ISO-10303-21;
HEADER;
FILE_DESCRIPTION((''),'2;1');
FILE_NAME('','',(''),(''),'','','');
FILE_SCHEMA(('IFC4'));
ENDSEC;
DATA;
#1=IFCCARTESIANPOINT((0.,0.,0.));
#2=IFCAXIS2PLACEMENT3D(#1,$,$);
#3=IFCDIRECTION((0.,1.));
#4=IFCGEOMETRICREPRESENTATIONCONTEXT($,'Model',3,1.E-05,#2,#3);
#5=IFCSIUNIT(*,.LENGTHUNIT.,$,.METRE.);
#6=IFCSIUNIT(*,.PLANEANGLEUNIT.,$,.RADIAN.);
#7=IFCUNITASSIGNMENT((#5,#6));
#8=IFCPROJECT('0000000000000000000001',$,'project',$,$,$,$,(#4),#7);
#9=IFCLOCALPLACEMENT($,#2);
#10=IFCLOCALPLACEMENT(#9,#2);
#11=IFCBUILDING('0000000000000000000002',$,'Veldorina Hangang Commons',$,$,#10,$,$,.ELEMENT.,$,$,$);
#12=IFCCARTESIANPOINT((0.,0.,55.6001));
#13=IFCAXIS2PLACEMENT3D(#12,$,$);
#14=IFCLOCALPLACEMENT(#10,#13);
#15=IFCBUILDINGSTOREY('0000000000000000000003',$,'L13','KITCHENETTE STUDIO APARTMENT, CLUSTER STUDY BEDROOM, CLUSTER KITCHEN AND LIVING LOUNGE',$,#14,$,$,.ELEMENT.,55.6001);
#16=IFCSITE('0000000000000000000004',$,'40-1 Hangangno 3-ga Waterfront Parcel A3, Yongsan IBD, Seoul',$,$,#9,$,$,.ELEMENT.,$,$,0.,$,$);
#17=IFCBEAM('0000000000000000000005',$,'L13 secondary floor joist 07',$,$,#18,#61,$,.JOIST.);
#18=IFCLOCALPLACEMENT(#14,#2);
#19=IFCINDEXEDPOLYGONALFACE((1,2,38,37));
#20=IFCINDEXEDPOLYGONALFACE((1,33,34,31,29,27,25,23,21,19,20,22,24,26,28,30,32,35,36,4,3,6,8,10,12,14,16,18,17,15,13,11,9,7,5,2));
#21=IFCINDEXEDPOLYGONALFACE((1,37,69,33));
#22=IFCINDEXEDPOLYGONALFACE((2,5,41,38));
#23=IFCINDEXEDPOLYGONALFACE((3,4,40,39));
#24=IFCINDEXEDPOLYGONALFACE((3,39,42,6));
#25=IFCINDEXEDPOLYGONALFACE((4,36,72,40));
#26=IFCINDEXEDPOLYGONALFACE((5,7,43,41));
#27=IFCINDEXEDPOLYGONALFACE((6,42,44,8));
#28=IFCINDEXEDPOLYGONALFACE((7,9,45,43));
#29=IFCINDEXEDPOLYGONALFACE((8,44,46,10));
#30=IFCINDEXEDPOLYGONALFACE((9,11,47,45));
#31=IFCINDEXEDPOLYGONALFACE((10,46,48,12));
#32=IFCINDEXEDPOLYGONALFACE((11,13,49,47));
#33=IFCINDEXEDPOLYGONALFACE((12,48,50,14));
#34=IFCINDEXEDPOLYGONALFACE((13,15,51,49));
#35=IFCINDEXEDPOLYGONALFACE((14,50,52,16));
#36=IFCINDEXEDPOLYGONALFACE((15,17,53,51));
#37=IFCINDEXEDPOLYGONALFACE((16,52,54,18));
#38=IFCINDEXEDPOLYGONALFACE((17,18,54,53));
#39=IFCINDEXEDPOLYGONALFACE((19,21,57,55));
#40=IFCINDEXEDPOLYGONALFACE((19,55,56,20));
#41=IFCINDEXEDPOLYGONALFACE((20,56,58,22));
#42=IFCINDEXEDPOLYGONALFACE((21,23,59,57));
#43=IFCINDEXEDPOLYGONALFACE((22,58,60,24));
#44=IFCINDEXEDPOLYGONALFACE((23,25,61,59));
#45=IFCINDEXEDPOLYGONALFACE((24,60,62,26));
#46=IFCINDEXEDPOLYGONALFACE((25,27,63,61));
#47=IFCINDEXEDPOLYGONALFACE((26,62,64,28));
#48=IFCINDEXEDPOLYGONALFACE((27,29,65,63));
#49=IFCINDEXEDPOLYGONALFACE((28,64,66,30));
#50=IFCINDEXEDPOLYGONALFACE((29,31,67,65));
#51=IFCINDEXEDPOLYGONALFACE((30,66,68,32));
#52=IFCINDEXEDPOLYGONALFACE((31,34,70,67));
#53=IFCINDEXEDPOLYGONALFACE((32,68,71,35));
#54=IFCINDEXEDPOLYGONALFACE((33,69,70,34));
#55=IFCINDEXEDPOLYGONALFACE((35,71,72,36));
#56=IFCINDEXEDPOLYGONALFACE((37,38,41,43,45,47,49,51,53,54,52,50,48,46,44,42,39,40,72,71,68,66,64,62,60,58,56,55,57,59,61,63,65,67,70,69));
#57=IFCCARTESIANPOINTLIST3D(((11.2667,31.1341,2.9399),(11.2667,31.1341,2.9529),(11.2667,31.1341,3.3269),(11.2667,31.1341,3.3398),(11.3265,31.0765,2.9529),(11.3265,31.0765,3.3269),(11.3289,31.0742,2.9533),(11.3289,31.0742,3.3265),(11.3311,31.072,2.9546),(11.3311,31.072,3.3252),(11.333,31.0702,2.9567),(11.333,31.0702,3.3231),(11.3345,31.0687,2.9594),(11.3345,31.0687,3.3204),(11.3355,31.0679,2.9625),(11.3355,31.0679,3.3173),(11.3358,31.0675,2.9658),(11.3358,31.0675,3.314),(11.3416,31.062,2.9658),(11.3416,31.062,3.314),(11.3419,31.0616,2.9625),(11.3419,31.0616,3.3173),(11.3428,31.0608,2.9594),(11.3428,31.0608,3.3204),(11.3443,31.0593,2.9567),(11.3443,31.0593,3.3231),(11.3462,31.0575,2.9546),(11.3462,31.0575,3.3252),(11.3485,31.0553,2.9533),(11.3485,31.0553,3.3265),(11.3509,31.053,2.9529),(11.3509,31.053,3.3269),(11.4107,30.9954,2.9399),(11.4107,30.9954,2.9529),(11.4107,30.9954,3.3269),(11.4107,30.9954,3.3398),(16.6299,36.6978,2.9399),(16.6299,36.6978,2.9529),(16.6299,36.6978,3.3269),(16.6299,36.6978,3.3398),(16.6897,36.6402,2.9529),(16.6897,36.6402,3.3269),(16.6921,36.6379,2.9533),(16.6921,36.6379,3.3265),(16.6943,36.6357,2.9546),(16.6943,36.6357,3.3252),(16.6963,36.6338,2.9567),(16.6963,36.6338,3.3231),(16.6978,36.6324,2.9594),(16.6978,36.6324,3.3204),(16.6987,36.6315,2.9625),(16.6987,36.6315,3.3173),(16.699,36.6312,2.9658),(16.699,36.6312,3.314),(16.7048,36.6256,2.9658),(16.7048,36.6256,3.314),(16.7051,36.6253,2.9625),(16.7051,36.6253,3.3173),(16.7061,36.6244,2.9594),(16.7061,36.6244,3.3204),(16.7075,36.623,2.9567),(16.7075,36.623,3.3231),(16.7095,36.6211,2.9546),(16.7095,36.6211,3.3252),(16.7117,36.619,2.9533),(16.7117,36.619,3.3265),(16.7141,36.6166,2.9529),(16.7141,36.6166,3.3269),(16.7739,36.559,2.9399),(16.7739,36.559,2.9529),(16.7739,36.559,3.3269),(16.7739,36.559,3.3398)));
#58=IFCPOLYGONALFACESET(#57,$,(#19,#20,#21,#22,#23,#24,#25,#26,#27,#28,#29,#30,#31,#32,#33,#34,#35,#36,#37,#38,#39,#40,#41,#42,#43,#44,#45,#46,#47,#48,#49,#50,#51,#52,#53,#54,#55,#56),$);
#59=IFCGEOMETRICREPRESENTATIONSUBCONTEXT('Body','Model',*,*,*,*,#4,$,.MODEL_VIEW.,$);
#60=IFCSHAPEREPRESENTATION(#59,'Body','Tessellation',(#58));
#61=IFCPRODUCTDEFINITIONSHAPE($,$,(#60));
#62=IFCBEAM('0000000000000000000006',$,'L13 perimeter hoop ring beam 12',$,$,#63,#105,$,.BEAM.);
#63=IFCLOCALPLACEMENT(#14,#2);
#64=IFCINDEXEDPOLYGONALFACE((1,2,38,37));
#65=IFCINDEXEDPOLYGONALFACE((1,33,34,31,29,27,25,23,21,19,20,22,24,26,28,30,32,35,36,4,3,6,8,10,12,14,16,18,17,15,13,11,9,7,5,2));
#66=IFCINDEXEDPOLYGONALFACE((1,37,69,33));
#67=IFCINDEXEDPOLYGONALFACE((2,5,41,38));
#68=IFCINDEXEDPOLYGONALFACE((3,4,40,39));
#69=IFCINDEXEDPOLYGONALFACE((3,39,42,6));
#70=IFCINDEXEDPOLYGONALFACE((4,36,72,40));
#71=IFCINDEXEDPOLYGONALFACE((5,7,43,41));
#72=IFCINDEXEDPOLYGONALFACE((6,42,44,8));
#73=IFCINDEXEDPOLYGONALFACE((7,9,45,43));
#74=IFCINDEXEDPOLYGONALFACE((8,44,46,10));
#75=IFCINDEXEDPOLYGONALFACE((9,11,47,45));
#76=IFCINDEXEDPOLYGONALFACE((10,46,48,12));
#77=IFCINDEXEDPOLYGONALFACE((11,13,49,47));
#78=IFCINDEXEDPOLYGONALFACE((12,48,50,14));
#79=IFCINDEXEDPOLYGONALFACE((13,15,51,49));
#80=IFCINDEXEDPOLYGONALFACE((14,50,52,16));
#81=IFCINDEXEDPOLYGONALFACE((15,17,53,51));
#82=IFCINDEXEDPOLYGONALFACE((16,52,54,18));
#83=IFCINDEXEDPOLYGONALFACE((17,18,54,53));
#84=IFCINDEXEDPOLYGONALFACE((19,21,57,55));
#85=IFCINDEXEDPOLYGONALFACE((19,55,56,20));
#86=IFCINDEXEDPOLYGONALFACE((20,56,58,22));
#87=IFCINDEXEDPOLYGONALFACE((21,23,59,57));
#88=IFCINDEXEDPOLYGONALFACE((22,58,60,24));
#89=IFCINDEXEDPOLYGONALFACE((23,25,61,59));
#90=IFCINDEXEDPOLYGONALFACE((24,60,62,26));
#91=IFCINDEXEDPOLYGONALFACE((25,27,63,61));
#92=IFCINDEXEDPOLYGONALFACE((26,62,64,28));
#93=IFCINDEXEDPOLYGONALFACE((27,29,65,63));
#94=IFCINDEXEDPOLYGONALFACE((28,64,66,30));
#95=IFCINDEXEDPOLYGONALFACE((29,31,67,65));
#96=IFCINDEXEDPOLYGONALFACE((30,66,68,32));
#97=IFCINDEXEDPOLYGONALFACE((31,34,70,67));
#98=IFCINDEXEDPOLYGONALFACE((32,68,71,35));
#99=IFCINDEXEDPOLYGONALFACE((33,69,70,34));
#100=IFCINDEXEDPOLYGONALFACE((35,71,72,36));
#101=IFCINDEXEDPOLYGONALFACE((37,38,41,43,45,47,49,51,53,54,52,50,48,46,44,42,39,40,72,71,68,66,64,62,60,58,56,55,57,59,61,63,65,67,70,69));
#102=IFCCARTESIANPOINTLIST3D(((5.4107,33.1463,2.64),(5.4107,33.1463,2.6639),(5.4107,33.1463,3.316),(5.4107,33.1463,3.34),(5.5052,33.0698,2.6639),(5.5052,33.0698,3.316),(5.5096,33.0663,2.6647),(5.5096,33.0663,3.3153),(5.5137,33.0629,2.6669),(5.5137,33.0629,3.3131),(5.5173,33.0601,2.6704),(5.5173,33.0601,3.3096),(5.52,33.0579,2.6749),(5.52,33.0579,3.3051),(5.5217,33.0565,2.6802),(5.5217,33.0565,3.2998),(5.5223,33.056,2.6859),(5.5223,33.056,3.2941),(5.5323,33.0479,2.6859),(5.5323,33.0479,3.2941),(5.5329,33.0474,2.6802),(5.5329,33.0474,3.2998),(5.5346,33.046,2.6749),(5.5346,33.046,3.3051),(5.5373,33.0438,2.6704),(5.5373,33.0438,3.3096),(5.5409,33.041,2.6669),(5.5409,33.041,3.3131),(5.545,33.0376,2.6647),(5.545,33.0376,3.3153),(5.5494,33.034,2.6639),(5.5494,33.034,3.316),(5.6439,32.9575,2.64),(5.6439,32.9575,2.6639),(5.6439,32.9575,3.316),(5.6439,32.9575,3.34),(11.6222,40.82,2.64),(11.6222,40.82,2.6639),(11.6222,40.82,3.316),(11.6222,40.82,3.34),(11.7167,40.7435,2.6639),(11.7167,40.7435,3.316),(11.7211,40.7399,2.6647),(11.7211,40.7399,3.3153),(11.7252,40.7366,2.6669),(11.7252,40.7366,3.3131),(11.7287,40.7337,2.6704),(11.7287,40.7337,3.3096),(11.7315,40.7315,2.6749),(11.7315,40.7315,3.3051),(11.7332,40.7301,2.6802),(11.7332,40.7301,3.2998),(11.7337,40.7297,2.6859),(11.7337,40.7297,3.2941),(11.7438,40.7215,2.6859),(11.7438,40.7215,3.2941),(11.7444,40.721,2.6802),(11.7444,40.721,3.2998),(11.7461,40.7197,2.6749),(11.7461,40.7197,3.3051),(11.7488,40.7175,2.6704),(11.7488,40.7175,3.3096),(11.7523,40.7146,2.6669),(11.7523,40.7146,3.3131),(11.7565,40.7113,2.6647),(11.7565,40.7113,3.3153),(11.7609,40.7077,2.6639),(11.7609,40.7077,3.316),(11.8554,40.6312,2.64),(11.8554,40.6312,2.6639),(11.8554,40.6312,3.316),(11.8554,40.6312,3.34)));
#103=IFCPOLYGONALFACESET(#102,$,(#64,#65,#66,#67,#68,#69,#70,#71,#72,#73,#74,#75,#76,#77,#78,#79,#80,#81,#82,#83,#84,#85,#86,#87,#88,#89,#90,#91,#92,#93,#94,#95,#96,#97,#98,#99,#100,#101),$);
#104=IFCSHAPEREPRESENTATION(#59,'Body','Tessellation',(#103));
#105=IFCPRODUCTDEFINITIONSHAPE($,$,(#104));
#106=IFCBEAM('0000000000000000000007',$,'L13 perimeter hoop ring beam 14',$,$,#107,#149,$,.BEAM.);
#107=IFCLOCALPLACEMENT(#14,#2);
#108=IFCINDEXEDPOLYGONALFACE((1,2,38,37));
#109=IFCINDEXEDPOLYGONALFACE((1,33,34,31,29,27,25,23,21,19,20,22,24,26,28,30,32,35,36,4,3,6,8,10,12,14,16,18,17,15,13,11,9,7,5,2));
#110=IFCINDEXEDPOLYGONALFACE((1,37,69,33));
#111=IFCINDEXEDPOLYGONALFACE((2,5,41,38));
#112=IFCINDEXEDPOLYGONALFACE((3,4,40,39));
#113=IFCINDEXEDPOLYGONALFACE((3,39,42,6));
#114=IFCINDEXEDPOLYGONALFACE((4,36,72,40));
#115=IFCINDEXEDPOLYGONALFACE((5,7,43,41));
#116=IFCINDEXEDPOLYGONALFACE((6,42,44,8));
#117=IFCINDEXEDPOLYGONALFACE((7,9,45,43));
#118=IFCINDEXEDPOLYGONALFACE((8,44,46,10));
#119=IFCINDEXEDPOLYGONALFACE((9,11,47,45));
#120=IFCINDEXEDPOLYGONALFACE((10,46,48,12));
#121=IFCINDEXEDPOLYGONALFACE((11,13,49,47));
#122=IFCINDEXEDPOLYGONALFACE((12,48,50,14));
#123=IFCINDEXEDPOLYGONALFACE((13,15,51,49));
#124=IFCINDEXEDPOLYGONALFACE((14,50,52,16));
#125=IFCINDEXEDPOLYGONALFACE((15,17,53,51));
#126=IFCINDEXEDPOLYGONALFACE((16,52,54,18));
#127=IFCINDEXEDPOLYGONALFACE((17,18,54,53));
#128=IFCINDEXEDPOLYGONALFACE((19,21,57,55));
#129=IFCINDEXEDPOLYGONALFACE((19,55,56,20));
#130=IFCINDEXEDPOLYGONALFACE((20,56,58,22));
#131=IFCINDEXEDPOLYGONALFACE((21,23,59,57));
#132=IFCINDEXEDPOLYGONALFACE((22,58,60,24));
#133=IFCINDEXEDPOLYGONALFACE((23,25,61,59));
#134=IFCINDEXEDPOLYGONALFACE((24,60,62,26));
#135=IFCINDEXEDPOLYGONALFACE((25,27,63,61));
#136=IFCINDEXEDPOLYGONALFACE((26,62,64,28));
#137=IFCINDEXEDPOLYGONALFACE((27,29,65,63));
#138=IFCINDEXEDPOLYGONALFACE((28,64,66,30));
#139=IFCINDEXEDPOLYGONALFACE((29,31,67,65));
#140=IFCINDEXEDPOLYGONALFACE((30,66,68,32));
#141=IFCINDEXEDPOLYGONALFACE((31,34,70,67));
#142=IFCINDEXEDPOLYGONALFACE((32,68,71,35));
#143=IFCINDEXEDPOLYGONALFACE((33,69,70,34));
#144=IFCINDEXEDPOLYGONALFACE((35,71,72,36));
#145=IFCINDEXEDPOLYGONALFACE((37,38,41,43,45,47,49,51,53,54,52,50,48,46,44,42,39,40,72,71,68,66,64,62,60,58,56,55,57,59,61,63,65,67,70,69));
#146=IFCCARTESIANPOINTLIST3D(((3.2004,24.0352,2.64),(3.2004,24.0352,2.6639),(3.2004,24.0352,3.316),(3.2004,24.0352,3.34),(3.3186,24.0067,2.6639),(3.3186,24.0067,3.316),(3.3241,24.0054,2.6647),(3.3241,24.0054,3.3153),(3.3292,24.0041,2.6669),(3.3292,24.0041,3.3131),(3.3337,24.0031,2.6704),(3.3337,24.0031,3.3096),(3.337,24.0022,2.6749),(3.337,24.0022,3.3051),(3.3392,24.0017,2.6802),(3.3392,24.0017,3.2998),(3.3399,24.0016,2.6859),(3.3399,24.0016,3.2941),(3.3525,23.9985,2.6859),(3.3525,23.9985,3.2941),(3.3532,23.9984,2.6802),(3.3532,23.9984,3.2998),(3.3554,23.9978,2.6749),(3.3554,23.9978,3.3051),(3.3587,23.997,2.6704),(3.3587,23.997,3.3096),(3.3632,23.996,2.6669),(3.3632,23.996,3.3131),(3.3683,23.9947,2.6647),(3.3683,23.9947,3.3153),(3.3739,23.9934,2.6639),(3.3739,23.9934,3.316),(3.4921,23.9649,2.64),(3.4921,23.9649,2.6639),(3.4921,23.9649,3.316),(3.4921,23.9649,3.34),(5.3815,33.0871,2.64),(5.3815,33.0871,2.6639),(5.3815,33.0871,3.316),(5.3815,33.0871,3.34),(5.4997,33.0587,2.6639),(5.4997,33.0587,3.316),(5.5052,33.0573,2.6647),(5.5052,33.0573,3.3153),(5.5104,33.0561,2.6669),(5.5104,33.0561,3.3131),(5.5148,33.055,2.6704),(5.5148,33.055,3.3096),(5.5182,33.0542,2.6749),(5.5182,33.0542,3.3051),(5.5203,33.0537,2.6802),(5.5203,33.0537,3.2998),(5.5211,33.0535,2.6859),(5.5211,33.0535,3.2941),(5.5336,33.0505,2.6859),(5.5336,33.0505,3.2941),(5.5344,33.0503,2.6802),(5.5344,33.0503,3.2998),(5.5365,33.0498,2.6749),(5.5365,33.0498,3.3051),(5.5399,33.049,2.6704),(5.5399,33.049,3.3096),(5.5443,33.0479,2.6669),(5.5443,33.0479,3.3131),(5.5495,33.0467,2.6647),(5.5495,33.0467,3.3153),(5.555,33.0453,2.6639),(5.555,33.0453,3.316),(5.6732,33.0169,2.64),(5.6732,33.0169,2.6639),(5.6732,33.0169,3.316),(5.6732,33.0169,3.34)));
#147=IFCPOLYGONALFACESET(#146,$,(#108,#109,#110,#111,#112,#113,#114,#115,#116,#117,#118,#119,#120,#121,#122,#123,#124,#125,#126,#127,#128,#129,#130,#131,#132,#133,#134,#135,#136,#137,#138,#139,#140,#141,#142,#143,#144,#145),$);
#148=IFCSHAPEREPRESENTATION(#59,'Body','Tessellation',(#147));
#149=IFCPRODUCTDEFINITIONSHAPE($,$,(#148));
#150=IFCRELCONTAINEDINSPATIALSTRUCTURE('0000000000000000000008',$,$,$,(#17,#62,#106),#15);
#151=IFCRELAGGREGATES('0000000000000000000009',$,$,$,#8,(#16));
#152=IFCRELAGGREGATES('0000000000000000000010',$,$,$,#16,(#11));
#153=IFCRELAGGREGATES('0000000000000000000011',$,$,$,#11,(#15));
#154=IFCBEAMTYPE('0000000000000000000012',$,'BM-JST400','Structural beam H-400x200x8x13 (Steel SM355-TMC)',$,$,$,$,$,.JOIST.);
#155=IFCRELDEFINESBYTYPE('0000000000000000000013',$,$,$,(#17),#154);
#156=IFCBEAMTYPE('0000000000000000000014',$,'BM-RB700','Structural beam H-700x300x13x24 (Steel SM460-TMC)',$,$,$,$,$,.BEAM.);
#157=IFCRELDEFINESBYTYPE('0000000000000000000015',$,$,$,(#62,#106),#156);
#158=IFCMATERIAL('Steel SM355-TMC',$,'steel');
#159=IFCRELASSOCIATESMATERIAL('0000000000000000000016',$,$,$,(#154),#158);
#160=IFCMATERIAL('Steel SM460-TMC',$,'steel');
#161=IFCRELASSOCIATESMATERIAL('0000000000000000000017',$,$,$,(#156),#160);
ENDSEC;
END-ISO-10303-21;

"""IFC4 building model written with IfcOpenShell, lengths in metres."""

from ifc_helpers import new_model, si_unit, direction, frame, origin, origin_2d, place, context, subcontext, project, spatial, i_section, extrude, material, material_profile, profile_set, type_object, element, save


model = new_model("IFC4")

# Units and contexts
model_context = context("Model", 3, precision=1e-05, world=origin(), true_north=direction((0.0, 1.0)))
body_context = subcontext(model_context, "Body", "Model", "MODEL_VIEW")
ifc_project = project(units=[si_unit("LENGTHUNIT", "METRE"), si_unit("PLANEANGLEUNIT", "RADIAN")], contexts=[model_context])

# Site, building, storey
site_placement = place(None, origin())
site = spatial("IfcSite", under=ifc_project, at=site_placement, Name="40-1 Hangangno 3-ga Waterfront Parcel A3, Yongsan IBD, Seoul", CompositionType="ELEMENT", RefElevation=0.0)
building_placement = place(site_placement, origin())
building = spatial("IfcBuilding", under=site, at=building_placement, Name="Veldorina Hangang Commons", CompositionType="ELEMENT")
storey_placement = place(building_placement, frame((0.0, 0.0, 55.6001)))
storey = spatial("IfcBuildingStorey", under=building, at=storey_placement, Name="L13", Description="KITCHENETTE STUDIO APARTMENT, CLUSTER STUDY BEDROOM, CLUSTER KITCHEN AND LIVING LOUNGE", CompositionType="ELEMENT", Elevation=55.6001)

# Beams
ifc_material_1 = material(Name="Steel SM355-TMC", Category="steel")
ifc_material_profile_1 = material_profile(ifc_material_1, i_section(OverallWidth=0.2, OverallDepth=0.3999, WebThickness=0.0081, FlangeThickness=0.0129, FilletRadius=0.0129, at=origin_2d()), Name="H-400x200x8x13")
ifc_profile_set_1 = profile_set([ifc_material_profile_1], Name="Steel SM355-TMC")
beam_type_1 = type_object("IfcBeamType", Name="BM-JST400", Description="Structural beam H-400x200x8x13 (Steel SM355-TMC)", PredefinedType="JOIST", material=ifc_profile_set_1)
beam_1_placement = place(storey_placement, frame((16.7019, 36.6284, 3.1399), z_axis=(-0.694019, -0.719956, 0.0), x_axis=(0.719956, -0.694019, 0.0)))
element("IfcBeam", 1, at=beam_1_placement, inside=storey, type_object=beam_type_1, Name="L13 secondary floor joist 07", PredefinedType="JOIST", context=body_context, shape_type="SweptSolid", body=[
    extrude(i_section(OverallWidth=0.2, OverallDepth=0.3999, WebThickness=0.0081, FlangeThickness=0.0129, FilletRadius=0.0129, at=origin_2d()), origin(), (0.0, 0.0, 1.0), 7.7278),
])
ifc_material_2 = material(Name="Steel SM460-TMC", Category="steel")
ifc_material_profile_2 = material_profile(ifc_material_2, i_section(OverallWidth=0.3, OverallDepth=0.7, WebThickness=0.0129, FlangeThickness=0.0239, FilletRadius=0.022, at=origin_2d()), Name="H-700x300x13x24")
ifc_profile_set_2 = profile_set([ifc_material_profile_2], Name="Steel SM460-TMC")
beam_type_2 = type_object("IfcBeamType", Name="BM-RB700", Description="Structural beam H-700x300x13x24 (Steel SM460-TMC)", PredefinedType="BEAM", material=ifc_profile_set_2)
beam_2_placement = place(storey_placement, frame((11.7388, 40.7256, 2.99), z_axis=(-0.629166, -0.777271, 0.0), x_axis=(0.777271, -0.629166, 0.0)))
element("IfcBeam", 2, at=beam_2_placement, inside=storey, type_object=beam_type_2, Name="L13 perimeter hoop ring beam 12", PredefinedType="BEAM", context=body_context, shape_type="SweptSolid", body=[
    extrude(i_section(OverallWidth=0.3, OverallDepth=0.7, WebThickness=0.0129, FlangeThickness=0.0239, FilletRadius=0.022, at=origin_2d()), origin(), (0.0, 0.0, 1.0), 9.8726),
])
beam_3_placement = place(storey_placement, frame((5.5273, 33.052, 2.99), z_axis=(-0.234253, -0.972176, 0.0), x_axis=(0.972176, -0.234253, 0.0)))
element("IfcBeam", 3, at=beam_3_placement, inside=storey, type_object=beam_type_2, Name="L13 perimeter hoop ring beam 14", PredefinedType="BEAM", context=body_context, shape_type="SweptSolid", body=[
    extrude(i_section(OverallWidth=0.3, OverallDepth=0.7, WebThickness=0.0129, FlangeThickness=0.0239, FilletRadius=0.022, at=origin_2d()), origin(), (0.0, 0.0, 1.0), 9.311),
])

save(model, "model.ifc")
